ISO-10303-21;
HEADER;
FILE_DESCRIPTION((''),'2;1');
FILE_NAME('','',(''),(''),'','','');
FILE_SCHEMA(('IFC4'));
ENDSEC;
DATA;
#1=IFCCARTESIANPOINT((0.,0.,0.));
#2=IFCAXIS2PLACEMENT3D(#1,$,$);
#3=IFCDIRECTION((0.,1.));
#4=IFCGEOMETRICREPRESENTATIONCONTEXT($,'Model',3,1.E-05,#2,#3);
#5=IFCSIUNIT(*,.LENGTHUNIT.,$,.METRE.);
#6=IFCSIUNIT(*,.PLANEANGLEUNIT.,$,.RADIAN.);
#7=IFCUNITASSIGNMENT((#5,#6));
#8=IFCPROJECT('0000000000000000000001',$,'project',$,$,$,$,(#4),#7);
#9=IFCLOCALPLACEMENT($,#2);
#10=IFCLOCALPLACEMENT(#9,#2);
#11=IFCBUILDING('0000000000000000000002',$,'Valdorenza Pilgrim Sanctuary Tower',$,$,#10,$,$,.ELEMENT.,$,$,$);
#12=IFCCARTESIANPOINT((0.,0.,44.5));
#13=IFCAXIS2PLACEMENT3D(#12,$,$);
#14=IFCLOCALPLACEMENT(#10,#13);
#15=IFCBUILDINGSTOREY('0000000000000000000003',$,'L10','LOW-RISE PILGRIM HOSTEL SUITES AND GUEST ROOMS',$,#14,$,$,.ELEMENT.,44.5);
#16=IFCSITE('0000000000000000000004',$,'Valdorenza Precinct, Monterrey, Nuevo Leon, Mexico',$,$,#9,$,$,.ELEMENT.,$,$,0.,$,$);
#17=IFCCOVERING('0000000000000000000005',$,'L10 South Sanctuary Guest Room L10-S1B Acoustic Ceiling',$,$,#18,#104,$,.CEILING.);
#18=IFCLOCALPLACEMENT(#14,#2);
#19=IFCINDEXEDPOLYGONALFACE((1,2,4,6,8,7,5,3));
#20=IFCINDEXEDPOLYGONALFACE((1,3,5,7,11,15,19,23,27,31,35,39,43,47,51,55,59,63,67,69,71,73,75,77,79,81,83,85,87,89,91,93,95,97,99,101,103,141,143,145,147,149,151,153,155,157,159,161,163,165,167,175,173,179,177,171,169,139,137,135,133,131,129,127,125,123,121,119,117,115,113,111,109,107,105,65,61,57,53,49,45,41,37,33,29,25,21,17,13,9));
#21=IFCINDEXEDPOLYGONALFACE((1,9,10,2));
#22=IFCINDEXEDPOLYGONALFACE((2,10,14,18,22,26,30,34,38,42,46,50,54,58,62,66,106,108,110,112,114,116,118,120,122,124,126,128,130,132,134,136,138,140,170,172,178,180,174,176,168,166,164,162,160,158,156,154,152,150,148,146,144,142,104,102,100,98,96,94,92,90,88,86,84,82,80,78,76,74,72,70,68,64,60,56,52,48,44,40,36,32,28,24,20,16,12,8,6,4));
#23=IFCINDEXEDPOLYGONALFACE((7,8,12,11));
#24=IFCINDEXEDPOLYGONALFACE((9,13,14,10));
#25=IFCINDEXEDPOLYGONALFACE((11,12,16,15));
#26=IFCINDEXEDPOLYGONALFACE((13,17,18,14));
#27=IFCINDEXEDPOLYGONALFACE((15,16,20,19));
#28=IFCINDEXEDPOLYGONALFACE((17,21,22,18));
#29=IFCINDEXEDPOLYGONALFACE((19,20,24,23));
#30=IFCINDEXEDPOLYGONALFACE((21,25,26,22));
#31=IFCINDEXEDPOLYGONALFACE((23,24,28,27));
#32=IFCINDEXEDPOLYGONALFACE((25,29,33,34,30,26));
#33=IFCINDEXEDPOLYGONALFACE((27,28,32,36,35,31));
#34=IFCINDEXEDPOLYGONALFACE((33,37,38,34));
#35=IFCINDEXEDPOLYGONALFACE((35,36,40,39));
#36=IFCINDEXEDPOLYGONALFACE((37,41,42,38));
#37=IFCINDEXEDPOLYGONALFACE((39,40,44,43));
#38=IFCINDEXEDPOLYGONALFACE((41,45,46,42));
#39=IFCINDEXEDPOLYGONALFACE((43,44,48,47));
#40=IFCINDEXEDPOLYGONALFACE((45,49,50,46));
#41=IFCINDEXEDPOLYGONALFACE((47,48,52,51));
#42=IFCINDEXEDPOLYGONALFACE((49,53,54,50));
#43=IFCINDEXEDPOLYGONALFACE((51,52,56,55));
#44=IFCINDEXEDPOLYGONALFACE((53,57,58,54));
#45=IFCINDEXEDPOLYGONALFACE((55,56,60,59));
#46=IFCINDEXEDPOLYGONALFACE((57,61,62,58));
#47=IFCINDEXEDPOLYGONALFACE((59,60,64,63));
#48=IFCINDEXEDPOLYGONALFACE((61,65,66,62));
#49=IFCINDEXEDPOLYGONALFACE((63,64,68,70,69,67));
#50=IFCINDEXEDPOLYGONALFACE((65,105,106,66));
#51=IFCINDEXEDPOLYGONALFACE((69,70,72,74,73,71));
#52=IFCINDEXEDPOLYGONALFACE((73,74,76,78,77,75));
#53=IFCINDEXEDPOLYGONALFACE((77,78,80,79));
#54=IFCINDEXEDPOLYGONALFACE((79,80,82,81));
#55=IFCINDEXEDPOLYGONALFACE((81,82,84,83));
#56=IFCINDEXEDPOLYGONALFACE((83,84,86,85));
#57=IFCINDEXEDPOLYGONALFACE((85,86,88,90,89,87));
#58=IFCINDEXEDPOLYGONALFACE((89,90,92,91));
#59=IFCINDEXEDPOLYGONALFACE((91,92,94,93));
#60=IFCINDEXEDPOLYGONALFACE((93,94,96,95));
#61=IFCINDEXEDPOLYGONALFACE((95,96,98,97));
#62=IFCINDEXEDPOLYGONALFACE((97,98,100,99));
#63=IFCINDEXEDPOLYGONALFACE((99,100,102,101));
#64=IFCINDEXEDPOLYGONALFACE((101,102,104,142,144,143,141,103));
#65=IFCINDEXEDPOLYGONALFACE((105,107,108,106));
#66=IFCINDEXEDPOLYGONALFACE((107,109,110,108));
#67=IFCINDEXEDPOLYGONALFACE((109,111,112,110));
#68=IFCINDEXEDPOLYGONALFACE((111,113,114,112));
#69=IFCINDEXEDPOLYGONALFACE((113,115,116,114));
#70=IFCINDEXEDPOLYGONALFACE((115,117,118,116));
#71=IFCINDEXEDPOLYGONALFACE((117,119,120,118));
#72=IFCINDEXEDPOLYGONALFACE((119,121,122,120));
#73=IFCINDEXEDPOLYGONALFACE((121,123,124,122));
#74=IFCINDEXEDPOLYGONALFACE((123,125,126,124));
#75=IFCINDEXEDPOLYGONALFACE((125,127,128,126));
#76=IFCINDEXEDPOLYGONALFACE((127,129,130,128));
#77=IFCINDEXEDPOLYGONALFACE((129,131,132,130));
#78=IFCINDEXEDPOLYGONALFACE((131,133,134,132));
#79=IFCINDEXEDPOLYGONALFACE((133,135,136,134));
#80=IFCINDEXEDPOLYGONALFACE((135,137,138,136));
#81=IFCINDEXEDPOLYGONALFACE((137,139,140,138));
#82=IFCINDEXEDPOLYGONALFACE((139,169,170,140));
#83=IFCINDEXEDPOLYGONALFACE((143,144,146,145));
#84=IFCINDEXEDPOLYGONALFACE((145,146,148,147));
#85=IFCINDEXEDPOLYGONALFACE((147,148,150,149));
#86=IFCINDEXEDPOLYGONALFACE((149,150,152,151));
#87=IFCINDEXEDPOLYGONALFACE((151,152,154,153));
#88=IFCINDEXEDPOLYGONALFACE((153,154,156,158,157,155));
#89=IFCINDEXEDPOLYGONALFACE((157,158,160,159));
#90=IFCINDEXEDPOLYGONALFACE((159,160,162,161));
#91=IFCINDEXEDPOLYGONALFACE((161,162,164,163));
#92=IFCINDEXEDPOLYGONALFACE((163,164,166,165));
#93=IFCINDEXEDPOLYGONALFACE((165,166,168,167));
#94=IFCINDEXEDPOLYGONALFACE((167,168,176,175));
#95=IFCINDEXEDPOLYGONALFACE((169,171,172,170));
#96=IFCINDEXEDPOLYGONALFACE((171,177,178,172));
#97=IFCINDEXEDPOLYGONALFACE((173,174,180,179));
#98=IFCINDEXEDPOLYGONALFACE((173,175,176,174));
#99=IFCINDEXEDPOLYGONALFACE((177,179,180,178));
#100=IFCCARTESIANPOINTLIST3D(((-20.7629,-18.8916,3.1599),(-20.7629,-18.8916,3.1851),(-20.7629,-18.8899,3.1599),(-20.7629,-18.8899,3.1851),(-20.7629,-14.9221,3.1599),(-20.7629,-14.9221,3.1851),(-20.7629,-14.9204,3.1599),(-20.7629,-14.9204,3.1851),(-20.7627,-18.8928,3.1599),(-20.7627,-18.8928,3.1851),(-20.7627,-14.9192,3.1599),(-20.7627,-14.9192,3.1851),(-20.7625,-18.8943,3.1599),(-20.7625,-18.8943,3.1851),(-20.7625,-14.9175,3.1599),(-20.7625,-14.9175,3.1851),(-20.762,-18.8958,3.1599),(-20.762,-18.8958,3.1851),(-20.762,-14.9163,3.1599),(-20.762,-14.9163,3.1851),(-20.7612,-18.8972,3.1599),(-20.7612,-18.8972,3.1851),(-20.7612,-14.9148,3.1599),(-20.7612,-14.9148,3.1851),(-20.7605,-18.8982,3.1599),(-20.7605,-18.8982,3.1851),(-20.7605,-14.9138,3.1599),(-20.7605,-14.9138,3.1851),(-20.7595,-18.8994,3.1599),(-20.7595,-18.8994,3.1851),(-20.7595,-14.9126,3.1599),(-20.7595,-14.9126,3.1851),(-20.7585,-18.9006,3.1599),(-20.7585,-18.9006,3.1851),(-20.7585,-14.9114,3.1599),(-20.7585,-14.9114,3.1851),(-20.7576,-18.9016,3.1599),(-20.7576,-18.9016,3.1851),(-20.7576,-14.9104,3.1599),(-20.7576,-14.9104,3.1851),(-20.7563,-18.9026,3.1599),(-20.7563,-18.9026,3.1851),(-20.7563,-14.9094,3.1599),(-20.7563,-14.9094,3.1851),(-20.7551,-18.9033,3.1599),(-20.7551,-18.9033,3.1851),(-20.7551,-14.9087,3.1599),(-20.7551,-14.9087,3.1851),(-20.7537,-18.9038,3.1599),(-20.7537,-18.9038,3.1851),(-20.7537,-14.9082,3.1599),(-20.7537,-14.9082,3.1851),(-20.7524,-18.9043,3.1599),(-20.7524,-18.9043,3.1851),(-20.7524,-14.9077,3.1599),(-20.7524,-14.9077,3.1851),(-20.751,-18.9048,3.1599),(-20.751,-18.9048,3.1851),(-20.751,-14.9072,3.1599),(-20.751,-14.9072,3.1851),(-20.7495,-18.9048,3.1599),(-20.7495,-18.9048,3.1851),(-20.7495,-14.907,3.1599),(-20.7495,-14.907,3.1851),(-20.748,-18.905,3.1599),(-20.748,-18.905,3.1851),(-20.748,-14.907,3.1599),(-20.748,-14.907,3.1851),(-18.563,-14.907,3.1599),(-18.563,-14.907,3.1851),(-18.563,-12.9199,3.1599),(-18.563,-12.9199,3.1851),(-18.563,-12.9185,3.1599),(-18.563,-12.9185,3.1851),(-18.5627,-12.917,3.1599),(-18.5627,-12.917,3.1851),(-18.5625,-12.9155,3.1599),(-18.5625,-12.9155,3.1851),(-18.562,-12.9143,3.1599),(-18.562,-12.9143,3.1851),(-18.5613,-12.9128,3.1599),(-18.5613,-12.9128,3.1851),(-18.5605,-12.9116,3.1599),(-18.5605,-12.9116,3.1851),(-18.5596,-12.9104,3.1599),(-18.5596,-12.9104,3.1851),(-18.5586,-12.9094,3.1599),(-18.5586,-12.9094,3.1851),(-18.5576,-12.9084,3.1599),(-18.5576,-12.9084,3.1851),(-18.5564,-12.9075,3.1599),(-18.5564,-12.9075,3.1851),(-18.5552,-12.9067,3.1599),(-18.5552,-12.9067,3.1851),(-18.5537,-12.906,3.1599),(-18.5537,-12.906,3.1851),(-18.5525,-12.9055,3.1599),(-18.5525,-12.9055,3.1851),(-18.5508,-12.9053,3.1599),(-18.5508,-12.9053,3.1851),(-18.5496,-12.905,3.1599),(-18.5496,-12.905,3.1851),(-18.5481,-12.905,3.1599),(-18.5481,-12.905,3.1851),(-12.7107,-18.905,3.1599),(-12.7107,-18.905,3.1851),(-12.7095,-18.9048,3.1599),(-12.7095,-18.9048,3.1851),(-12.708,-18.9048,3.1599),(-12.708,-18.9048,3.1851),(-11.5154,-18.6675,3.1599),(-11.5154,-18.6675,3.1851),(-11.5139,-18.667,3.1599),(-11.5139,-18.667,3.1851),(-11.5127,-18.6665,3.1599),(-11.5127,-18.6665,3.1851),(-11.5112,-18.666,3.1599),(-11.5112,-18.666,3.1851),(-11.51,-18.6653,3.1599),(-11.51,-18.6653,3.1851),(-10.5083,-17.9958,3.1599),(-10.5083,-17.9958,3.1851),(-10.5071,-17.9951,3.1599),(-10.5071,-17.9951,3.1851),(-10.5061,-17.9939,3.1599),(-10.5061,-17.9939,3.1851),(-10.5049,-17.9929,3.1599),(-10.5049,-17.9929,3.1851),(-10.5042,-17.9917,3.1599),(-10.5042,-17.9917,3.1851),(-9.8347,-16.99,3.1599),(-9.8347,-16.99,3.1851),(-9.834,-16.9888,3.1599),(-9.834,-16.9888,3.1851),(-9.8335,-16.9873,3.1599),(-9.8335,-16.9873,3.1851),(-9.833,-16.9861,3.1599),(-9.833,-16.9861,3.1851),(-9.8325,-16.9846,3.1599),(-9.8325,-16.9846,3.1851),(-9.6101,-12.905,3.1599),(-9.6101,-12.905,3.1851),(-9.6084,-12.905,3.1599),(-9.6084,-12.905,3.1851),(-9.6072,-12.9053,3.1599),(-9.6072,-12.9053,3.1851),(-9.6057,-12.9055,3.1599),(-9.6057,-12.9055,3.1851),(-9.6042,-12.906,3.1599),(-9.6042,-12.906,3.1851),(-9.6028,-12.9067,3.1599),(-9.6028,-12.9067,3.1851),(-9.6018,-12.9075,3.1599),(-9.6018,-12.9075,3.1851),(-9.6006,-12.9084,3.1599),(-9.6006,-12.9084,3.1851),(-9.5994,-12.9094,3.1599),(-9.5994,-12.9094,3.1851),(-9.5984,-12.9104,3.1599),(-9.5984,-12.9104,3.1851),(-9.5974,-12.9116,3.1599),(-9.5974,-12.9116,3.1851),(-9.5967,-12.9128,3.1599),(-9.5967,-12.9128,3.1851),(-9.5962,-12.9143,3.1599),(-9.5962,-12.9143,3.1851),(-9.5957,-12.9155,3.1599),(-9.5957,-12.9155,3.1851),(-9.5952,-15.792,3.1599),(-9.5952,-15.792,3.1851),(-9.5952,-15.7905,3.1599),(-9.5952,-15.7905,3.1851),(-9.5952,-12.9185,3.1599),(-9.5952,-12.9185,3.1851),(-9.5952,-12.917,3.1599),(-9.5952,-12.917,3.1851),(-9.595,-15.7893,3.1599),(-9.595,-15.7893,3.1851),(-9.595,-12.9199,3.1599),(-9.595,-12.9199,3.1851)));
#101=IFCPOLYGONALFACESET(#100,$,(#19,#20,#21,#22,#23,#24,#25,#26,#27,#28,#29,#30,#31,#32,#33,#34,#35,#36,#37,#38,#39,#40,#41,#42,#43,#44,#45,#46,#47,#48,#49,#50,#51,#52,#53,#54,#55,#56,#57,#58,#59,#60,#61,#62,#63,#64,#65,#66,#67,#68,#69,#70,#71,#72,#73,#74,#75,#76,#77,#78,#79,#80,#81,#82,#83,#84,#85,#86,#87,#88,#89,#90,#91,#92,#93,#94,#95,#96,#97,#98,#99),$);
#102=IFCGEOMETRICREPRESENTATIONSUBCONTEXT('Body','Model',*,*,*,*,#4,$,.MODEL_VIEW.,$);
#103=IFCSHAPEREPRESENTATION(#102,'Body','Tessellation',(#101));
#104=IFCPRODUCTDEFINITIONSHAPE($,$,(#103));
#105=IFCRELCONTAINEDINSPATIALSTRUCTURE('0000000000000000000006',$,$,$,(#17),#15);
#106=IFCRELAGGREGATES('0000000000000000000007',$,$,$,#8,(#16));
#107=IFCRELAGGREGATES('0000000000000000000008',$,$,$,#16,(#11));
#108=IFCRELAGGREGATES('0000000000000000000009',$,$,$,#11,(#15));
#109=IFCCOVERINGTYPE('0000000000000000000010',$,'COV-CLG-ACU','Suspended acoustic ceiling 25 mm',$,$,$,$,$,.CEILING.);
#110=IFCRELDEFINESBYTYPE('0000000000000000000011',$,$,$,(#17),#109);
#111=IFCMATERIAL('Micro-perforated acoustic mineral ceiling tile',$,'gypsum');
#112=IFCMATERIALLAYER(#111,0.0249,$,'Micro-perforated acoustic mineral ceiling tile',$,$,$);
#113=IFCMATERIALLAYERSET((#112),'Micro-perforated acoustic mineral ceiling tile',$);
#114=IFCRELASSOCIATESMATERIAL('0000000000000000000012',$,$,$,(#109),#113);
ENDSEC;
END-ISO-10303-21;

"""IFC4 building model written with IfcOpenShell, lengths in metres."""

from ifc_helpers import new_model, si_unit, direction, frame, origin, place, context, subcontext, project, spatial, polyline, outline, extrude, material, layer, layer_set, type_object, element, save


model = new_model("IFC4")

# Units and contexts
model_context = context("Model", 3, precision=1e-05, world=origin(), true_north=direction((0.0, 1.0)))
body_context = subcontext(model_context, "Body", "Model", "MODEL_VIEW")
ifc_project = project(units=[si_unit("LENGTHUNIT", "METRE"), si_unit("PLANEANGLEUNIT", "RADIAN")], contexts=[model_context])

# Site, building, storey
site_placement = place(None, origin())
site = spatial("IfcSite", under=ifc_project, at=site_placement, Name="Valdorenza Precinct, Monterrey, Nuevo Leon, Mexico", CompositionType="ELEMENT", RefElevation=0.0)
building_placement = place(site_placement, origin())
building = spatial("IfcBuilding", under=site, at=building_placement, Name="Valdorenza Pilgrim Sanctuary Tower", CompositionType="ELEMENT")
storey_placement = place(building_placement, frame((0.0, 0.0, 44.5)))
storey = spatial("IfcBuildingStorey", under=building, at=storey_placement, Name="L10", Description="LOW-RISE PILGRIM HOSTEL SUITES AND GUEST ROOMS", CompositionType="ELEMENT", Elevation=44.5)

# Covering
ifc_material_1 = material(Name="Micro-perforated acoustic mineral ceiling tile", Category="gypsum")
ifc_layer_1 = layer(ifc_material_1, 0.0249, Name="Micro-perforated acoustic mineral ceiling tile")
ifc_layer_set_1 = layer_set([ifc_layer_1], Name="Micro-perforated acoustic mineral ceiling tile")
covering_type_1 = type_object("IfcCoveringType", Name="COV-CLG-ACU", Description="Suspended acoustic ceiling 25 mm", PredefinedType="CEILING", material=ifc_layer_set_1)
covering_1_placement = place(storey_placement, frame((0.0, 0.0, 3.1599)))
element("IfcCovering", 1, at=covering_1_placement, inside=storey, type_object=covering_type_1, Name="L10 South Sanctuary Guest Room L10-S1B Acoustic Ceiling", PredefinedType="CEILING", context=body_context, shape_type="SweptSolid", body=[
    extrude(outline(polyline([(-18.563, -14.907), (-18.563, -12.9199), (-18.563, -12.9185), (-18.5627, -12.917), (-18.5625, -12.9155), (-18.562, -12.9143), (-18.5613, -12.9128), (-18.5605, -12.9116), (-18.5596, -12.9104), (-18.5586, -12.9094), (-18.5576, -12.9084), (-18.5564, -12.9075), (-18.5552, -12.9067), (-18.5537, -12.906), (-18.5525, -12.9055), (-18.5508, -12.9053), (-18.5496, -12.905), (-18.5481, -12.905), (-9.6101, -12.905), (-9.6084, -12.905), (-9.6072, -12.9053), (-9.6057, -12.9055), (-9.6042, -12.906), (-9.6028, -12.9067), (-9.6018, -12.9075), (-9.6006, -12.9084), (-9.5994, -12.9094), (-9.5984, -12.9104), (-9.5974, -12.9116), (-9.5967, -12.9128), (-9.5962, -12.9143), (-9.5957, -12.9155), (-9.5952, -12.917), (-9.5952, -12.9185), (-9.595, -12.9199), (-9.595, -15.7893), (-9.5952, -15.7905), (-9.5952, -15.792), (-9.8325, -16.9846), (-9.833, -16.9861), (-9.8335, -16.9873), (-9.834, -16.9888), (-9.8347, -16.99), (-10.5042, -17.9917), (-10.5049, -17.9929), (-10.5061, -17.9939), (-10.5071, -17.9951), (-10.5083, -17.9958), (-11.51, -18.6653), (-11.5112, -18.666), (-11.5127, -18.6665), (-11.5139, -18.667), (-11.5154, -18.6675), (-12.708, -18.9048), (-12.7095, -18.9048), (-12.7107, -18.905), (-20.748, -18.905), (-20.7495, -18.9048), (-20.751, -18.9048), (-20.7524, -18.9043), (-20.7537, -18.9038), (-20.7551, -18.9033), (-20.7563, -18.9026), (-20.7576, -18.9016), (-20.7585, -18.9006), (-20.7595, -18.8994), (-20.7605, -18.8982), (-20.7612, -18.8972), (-20.762, -18.8958), (-20.7625, -18.8943), (-20.7627, -18.8928), (-20.7629, -18.8916), (-20.7629, -18.8899), (-20.7629, -14.9221), (-20.7629, -14.9204), (-20.7627, -14.9192), (-20.7625, -14.9175), (-20.762, -14.9163), (-20.7612, -14.9148), (-20.7605, -14.9138), (-20.7595, -14.9126), (-20.7585, -14.9114), (-20.7576, -14.9104), (-20.7563, -14.9094), (-20.7551, -14.9087), (-20.7537, -14.9082), (-20.7524, -14.9077), (-20.751, -14.9072), (-20.7495, -14.907), (-20.748, -14.907), (-18.563, -14.907)])), origin(), (0.0, 0.0, 1.0), 0.0251),
])

save(model, "model.ifc")
